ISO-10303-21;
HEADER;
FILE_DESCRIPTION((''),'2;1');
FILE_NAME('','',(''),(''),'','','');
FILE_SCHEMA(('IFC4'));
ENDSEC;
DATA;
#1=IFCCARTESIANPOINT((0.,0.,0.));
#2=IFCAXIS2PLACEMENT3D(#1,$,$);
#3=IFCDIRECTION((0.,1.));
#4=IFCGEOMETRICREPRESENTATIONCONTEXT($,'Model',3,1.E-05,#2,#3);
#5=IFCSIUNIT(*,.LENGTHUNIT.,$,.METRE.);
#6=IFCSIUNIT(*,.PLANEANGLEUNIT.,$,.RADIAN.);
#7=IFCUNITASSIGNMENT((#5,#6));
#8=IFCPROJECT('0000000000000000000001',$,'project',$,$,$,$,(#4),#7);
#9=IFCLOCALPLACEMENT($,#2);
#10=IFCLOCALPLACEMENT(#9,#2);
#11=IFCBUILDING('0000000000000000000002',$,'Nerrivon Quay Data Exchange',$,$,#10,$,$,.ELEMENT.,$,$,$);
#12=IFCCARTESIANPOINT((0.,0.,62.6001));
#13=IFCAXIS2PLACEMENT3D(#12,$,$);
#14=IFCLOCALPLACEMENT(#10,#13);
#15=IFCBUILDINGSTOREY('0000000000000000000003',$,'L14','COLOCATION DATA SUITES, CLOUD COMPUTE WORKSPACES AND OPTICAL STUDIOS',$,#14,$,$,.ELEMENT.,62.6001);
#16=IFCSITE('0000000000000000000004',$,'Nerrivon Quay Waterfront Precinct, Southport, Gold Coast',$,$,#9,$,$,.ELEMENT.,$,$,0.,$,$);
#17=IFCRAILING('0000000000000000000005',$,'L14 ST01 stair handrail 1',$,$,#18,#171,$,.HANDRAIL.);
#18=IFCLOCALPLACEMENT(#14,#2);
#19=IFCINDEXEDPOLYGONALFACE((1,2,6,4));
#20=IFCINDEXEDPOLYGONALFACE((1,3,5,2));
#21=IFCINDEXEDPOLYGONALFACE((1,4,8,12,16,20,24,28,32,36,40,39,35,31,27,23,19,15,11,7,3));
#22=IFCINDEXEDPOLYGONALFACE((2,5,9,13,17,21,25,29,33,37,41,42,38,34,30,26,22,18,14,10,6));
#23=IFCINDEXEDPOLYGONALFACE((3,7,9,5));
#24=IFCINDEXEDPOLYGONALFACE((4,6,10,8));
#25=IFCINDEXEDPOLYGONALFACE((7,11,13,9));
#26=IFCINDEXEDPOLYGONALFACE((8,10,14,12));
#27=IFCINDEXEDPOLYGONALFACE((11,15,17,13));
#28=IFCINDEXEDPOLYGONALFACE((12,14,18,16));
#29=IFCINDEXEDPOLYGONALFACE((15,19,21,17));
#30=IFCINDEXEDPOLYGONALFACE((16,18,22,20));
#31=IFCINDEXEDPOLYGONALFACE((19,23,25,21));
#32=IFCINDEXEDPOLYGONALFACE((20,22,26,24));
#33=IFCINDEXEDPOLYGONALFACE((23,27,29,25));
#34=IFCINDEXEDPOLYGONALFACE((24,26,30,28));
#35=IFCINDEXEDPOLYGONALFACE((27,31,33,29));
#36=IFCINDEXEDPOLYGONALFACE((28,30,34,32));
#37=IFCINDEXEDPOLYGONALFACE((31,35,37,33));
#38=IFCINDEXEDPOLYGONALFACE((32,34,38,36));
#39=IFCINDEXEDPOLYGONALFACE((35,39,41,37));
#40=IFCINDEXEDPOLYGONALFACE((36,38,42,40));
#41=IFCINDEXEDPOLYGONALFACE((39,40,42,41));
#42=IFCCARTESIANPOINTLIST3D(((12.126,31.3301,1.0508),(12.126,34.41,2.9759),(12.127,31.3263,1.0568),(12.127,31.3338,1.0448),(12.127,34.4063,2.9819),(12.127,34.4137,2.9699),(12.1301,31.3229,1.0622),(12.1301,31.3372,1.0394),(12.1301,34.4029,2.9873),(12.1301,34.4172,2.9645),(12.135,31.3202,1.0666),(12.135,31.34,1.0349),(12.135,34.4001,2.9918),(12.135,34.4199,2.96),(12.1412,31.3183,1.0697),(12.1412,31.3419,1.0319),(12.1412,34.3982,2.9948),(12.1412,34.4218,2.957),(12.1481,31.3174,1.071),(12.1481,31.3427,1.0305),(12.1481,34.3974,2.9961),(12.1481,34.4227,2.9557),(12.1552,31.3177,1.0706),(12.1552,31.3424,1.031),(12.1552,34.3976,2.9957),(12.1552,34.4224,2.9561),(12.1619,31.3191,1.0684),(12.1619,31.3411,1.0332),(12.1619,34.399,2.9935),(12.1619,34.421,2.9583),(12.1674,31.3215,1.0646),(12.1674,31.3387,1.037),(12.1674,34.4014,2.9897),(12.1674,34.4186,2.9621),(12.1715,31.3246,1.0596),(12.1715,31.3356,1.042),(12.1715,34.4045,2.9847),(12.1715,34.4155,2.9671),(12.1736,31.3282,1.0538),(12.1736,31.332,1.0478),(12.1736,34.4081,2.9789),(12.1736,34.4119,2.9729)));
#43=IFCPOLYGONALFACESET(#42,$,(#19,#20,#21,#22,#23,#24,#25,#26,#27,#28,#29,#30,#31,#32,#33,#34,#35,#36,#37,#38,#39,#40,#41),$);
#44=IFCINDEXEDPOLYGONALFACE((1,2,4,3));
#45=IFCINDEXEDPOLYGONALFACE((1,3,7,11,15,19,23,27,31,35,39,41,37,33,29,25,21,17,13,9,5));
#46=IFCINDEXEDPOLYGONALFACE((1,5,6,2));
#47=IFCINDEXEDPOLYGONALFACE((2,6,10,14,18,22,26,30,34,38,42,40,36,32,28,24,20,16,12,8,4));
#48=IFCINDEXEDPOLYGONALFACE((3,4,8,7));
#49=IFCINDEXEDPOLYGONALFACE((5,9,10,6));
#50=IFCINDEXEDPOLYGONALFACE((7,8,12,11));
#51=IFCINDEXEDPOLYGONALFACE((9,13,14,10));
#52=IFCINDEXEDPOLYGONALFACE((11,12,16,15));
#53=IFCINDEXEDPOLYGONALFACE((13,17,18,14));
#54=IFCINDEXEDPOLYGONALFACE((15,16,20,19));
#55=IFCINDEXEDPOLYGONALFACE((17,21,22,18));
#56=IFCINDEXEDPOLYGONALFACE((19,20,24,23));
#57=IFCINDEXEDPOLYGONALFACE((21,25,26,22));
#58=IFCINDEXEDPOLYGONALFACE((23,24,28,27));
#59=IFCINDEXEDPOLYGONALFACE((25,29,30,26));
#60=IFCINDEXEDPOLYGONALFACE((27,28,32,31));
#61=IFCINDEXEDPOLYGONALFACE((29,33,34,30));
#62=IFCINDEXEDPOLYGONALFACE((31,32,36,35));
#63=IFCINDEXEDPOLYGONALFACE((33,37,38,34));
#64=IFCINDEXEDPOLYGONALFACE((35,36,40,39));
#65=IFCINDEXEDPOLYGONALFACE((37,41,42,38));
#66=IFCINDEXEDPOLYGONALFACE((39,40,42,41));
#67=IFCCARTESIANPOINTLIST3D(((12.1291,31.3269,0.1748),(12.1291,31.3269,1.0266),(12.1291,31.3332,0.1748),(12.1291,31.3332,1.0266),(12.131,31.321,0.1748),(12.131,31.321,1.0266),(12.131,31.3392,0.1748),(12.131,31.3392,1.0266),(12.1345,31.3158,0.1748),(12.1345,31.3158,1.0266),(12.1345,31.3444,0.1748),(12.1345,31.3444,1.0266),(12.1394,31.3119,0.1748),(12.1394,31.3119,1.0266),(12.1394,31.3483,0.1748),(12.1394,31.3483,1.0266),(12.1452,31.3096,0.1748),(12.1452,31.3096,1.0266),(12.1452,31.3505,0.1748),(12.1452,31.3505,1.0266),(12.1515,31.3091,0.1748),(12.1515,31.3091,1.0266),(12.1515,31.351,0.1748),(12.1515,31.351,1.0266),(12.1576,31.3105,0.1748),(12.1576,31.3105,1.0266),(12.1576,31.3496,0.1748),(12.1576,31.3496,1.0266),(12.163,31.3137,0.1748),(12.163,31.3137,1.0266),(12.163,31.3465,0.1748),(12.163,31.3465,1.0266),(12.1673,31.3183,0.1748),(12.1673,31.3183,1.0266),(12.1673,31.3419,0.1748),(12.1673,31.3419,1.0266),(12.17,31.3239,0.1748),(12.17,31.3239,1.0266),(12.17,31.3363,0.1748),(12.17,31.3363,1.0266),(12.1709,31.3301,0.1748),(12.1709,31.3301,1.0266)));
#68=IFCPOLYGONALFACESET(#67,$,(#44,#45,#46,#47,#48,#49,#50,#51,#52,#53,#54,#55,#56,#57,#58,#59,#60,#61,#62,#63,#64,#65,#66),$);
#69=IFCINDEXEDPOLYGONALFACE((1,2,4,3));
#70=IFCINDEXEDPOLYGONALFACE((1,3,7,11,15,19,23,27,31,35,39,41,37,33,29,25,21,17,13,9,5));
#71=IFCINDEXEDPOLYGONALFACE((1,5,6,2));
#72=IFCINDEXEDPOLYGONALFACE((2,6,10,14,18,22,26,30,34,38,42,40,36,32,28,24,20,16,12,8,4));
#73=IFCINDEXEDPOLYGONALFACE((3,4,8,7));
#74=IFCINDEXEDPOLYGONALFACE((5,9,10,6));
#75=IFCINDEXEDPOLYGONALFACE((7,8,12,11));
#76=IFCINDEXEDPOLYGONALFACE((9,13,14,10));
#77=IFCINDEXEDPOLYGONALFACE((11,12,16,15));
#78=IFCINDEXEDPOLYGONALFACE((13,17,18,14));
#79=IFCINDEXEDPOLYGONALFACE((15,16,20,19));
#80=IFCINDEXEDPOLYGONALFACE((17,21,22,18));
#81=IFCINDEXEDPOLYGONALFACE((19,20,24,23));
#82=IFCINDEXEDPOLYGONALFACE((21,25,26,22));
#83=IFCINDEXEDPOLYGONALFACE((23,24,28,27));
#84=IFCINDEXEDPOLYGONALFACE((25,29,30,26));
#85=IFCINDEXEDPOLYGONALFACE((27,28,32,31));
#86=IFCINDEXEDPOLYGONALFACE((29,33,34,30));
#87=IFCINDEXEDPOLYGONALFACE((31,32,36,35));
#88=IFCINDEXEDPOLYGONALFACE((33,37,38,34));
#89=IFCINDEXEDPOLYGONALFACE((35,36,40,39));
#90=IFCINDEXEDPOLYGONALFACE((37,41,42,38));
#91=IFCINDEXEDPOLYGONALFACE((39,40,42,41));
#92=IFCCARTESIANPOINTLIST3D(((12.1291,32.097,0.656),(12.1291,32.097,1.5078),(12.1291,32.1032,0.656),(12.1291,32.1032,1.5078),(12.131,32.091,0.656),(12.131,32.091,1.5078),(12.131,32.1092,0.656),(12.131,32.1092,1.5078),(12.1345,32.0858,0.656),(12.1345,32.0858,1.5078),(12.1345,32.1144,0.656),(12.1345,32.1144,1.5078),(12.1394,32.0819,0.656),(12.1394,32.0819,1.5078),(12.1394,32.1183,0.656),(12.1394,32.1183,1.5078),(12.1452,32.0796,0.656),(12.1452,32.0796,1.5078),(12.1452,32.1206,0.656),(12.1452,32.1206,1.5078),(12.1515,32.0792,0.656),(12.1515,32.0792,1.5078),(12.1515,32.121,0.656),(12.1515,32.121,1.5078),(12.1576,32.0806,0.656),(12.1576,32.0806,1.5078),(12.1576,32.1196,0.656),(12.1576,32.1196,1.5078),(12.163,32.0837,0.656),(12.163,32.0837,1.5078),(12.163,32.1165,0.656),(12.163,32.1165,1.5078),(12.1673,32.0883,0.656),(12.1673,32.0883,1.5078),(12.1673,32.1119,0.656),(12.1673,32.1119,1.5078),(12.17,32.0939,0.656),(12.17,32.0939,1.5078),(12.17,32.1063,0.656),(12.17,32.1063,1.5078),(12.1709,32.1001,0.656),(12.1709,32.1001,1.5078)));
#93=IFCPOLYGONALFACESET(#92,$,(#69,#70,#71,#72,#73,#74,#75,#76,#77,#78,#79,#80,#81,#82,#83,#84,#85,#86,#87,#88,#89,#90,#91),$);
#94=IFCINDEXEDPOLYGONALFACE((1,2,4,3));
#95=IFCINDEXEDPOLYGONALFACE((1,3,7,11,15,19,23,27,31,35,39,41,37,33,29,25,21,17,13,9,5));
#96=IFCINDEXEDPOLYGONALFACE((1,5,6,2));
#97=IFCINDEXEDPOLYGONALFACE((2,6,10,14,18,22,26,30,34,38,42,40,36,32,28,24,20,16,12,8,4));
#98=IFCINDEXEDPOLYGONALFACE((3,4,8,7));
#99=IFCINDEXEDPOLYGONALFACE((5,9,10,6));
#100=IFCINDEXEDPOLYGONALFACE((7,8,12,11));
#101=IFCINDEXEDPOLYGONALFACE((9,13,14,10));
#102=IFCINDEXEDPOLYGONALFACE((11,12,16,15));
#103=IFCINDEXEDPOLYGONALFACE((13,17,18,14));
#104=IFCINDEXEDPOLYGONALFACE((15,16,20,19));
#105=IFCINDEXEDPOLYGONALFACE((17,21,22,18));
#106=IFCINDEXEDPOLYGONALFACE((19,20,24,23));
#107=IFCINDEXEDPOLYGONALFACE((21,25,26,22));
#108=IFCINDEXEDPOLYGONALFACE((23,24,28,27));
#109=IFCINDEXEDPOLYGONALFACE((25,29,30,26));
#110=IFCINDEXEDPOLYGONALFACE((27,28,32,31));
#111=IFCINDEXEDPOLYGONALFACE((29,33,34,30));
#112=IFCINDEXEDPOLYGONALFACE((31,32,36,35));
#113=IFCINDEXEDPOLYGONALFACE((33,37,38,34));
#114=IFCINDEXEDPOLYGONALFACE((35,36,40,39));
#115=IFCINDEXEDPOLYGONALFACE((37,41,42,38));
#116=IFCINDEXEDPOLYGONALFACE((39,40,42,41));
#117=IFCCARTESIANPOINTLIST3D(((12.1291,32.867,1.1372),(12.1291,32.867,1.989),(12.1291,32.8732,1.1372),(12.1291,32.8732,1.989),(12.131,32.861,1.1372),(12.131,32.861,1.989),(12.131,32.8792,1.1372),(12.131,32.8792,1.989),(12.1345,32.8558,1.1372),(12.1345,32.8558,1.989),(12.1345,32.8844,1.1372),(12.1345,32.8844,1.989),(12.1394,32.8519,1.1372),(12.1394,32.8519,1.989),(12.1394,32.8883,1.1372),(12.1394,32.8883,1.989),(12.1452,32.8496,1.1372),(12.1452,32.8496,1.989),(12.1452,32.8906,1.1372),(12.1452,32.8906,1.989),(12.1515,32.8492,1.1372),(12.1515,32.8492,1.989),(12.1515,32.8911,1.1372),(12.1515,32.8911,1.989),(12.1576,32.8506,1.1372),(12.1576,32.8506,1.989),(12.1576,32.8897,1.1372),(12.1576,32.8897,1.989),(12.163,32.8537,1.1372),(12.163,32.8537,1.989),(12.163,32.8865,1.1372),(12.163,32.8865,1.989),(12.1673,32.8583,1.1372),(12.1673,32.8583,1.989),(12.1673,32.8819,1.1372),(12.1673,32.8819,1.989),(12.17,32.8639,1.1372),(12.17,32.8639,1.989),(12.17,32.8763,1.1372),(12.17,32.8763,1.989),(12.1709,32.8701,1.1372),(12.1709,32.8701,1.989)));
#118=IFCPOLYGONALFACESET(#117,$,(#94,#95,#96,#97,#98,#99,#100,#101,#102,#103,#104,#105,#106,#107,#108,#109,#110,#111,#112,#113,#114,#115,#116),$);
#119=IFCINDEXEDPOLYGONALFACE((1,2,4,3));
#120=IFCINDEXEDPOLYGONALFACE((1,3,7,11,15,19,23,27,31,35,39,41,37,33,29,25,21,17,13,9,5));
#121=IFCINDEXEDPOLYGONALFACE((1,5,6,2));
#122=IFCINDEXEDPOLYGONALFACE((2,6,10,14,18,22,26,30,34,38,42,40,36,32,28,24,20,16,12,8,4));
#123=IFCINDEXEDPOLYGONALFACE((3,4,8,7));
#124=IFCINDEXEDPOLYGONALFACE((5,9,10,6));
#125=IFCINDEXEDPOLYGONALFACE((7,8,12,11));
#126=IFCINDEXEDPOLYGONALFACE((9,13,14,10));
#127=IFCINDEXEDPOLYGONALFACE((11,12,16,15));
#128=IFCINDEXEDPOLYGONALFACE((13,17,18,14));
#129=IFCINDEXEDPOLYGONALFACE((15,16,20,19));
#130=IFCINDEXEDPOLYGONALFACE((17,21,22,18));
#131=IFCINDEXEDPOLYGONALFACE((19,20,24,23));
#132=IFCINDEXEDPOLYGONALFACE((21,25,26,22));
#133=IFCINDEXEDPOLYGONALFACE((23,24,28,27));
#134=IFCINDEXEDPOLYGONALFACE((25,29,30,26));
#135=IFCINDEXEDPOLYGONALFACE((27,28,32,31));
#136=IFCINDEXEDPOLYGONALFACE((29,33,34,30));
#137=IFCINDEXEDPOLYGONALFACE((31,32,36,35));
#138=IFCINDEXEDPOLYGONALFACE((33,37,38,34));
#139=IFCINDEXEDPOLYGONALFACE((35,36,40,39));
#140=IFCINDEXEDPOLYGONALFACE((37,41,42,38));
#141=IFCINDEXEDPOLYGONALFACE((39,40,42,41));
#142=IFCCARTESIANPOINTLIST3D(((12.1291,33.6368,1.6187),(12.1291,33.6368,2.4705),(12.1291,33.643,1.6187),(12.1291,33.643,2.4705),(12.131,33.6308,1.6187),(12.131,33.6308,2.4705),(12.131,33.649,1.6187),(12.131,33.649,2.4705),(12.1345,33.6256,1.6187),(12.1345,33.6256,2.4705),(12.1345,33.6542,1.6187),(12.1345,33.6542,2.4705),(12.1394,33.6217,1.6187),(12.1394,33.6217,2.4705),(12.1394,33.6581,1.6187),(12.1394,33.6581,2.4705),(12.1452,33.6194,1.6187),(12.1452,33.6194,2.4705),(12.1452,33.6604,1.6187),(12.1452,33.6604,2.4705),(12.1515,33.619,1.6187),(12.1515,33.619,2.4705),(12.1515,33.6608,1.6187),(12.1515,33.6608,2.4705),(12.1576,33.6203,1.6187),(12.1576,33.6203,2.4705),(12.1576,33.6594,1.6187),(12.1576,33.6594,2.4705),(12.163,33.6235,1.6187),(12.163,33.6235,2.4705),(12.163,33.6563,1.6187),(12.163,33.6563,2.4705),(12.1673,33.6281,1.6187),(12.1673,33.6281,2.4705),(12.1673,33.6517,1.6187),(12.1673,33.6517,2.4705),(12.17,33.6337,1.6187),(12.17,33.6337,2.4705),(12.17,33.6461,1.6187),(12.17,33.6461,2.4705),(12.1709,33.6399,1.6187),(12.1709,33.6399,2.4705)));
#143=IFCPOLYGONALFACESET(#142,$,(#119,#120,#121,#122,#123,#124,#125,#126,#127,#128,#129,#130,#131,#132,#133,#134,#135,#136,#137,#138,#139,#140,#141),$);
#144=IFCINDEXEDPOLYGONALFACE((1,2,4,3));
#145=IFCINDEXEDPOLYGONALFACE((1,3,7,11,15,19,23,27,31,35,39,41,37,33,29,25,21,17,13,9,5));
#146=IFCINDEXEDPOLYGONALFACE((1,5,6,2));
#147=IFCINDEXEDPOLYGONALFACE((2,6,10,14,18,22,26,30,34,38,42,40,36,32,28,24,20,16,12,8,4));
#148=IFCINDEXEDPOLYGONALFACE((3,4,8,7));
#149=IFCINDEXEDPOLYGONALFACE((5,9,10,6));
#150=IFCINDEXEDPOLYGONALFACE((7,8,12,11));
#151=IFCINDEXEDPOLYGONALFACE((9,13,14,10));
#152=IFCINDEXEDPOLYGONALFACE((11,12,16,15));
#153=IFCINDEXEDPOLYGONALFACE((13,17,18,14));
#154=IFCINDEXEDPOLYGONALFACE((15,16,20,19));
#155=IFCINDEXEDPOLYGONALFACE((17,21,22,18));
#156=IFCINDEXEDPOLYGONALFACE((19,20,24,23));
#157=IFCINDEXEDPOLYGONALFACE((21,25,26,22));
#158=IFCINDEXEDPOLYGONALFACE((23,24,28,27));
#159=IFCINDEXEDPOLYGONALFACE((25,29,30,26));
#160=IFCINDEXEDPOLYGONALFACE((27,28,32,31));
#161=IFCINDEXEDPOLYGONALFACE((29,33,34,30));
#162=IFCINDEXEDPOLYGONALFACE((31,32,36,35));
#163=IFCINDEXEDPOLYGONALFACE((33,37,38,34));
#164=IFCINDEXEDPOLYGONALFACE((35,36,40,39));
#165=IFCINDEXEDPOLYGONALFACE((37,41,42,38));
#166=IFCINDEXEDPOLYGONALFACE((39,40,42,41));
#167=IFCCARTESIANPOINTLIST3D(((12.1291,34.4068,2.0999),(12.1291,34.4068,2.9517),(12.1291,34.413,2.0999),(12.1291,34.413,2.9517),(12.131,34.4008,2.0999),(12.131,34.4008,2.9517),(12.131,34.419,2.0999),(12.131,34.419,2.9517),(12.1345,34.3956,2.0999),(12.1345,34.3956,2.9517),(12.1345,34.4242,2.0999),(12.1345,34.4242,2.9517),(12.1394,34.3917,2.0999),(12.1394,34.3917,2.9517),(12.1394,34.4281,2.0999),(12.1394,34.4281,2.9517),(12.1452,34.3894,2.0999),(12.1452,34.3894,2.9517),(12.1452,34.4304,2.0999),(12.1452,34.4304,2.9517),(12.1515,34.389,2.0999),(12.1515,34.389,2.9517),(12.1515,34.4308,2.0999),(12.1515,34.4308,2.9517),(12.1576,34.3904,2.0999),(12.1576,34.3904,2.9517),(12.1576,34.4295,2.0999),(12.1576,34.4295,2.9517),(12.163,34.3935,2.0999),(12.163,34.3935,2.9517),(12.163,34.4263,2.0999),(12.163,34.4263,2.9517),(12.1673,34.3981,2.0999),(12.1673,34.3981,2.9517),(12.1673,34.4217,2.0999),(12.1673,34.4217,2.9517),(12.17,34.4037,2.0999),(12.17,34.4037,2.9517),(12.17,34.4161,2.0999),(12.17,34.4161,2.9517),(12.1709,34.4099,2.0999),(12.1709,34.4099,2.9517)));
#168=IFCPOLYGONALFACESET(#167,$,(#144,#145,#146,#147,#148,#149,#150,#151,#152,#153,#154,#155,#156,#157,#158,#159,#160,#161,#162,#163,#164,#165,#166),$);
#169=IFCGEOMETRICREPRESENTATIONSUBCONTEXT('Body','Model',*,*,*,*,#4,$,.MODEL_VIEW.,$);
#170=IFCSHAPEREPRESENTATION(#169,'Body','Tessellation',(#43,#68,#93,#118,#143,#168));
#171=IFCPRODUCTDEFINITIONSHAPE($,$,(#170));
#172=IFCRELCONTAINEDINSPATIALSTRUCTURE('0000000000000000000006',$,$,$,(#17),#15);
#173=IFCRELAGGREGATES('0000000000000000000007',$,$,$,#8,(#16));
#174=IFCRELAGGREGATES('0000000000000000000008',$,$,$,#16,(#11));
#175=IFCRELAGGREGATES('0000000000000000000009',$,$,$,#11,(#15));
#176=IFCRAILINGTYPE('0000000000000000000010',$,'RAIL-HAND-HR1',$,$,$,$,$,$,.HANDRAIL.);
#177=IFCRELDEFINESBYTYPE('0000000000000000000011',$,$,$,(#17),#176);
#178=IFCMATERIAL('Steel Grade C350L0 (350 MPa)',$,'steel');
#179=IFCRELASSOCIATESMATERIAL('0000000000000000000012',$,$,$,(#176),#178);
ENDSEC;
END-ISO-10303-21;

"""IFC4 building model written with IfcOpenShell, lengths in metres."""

from ifc_helpers import new_model, si_unit, direction, frame, origin, origin_2d, place, context, subcontext, project, spatial, circle, extrude, material, type_object, element, save


model = new_model("IFC4")

# Units and contexts
model_context = context("Model", 3, precision=1e-05, world=origin(), true_north=direction((0.0, 1.0)))
body_context = subcontext(model_context, "Body", "Model", "MODEL_VIEW")
ifc_project = project(units=[si_unit("LENGTHUNIT", "METRE"), si_unit("PLANEANGLEUNIT", "RADIAN")], contexts=[model_context])

# Site, building, storey
site_placement = place(None, origin())
site = spatial("IfcSite", under=ifc_project, at=site_placement, Name="Nerrivon Quay Waterfront Precinct, Southport, Gold Coast", CompositionType="ELEMENT", RefElevation=0.0)
building_placement = place(site_placement, origin())
building = spatial("IfcBuilding", under=site, at=building_placement, Name="Nerrivon Quay Data Exchange", CompositionType="ELEMENT")
storey_placement = place(building_placement, frame((0.0, 0.0, 62.6001)))
storey = spatial("IfcBuildingStorey", under=building, at=storey_placement, Name="L14", Description="COLOCATION DATA SUITES, CLOUD COMPUTE WORKSPACES AND OPTICAL STUDIOS", CompositionType="ELEMENT", Elevation=62.6001)

# Railing
ifc_material_1 = material(Name="Steel Grade C350L0 (350 MPa)", Category="steel")
railing_type_1 = type_object("IfcRailingType", Name="RAIL-HAND-HR1", PredefinedType="HANDRAIL", material=ifc_material_1)
railing_1_placement = place(storey_placement, frame((12.1499, 31.3301, 0.1748)))
element("IfcRailing", 1, at=railing_1_placement, inside=storey, type_object=railing_type_1, Name="L14 ST01 stair handrail 1", PredefinedType="HANDRAIL", context=body_context, shape_type="SweptSolid", body=[
    extrude(circle(Radius=0.0239, at=origin_2d()), frame((0.0, 0.0, 0.876), z_axis=(0.0, 0.847979, 0.530029), x_axis=(-1.0, 0.0, 0.0)), (0.0, 0.0, 1.0), 3.6321),
    extrude(circle(Radius=0.021, at=origin_2d()), origin(), (0.0, 0.0, 1.0), 0.8518),
    extrude(circle(Radius=0.021, at=origin_2d()), frame((0.0, 0.77, 0.4812)), (0.0, 0.0, 1.0), 0.8518),
    extrude(circle(Radius=0.021, at=origin_2d()), frame((0.0, 1.54, 0.9624)), (0.0, 0.0, 1.0), 0.8518),
    extrude(circle(Radius=0.021, at=origin_2d()), frame((0.0, 2.3098, 1.4438)), (0.0, 0.0, 1.0), 0.8518),
    extrude(circle(Radius=0.021, at=origin_2d()), frame((0.0, 3.0798, 1.925)), (0.0, 0.0, 1.0), 0.8518),
])

save(model, "model.ifc")
